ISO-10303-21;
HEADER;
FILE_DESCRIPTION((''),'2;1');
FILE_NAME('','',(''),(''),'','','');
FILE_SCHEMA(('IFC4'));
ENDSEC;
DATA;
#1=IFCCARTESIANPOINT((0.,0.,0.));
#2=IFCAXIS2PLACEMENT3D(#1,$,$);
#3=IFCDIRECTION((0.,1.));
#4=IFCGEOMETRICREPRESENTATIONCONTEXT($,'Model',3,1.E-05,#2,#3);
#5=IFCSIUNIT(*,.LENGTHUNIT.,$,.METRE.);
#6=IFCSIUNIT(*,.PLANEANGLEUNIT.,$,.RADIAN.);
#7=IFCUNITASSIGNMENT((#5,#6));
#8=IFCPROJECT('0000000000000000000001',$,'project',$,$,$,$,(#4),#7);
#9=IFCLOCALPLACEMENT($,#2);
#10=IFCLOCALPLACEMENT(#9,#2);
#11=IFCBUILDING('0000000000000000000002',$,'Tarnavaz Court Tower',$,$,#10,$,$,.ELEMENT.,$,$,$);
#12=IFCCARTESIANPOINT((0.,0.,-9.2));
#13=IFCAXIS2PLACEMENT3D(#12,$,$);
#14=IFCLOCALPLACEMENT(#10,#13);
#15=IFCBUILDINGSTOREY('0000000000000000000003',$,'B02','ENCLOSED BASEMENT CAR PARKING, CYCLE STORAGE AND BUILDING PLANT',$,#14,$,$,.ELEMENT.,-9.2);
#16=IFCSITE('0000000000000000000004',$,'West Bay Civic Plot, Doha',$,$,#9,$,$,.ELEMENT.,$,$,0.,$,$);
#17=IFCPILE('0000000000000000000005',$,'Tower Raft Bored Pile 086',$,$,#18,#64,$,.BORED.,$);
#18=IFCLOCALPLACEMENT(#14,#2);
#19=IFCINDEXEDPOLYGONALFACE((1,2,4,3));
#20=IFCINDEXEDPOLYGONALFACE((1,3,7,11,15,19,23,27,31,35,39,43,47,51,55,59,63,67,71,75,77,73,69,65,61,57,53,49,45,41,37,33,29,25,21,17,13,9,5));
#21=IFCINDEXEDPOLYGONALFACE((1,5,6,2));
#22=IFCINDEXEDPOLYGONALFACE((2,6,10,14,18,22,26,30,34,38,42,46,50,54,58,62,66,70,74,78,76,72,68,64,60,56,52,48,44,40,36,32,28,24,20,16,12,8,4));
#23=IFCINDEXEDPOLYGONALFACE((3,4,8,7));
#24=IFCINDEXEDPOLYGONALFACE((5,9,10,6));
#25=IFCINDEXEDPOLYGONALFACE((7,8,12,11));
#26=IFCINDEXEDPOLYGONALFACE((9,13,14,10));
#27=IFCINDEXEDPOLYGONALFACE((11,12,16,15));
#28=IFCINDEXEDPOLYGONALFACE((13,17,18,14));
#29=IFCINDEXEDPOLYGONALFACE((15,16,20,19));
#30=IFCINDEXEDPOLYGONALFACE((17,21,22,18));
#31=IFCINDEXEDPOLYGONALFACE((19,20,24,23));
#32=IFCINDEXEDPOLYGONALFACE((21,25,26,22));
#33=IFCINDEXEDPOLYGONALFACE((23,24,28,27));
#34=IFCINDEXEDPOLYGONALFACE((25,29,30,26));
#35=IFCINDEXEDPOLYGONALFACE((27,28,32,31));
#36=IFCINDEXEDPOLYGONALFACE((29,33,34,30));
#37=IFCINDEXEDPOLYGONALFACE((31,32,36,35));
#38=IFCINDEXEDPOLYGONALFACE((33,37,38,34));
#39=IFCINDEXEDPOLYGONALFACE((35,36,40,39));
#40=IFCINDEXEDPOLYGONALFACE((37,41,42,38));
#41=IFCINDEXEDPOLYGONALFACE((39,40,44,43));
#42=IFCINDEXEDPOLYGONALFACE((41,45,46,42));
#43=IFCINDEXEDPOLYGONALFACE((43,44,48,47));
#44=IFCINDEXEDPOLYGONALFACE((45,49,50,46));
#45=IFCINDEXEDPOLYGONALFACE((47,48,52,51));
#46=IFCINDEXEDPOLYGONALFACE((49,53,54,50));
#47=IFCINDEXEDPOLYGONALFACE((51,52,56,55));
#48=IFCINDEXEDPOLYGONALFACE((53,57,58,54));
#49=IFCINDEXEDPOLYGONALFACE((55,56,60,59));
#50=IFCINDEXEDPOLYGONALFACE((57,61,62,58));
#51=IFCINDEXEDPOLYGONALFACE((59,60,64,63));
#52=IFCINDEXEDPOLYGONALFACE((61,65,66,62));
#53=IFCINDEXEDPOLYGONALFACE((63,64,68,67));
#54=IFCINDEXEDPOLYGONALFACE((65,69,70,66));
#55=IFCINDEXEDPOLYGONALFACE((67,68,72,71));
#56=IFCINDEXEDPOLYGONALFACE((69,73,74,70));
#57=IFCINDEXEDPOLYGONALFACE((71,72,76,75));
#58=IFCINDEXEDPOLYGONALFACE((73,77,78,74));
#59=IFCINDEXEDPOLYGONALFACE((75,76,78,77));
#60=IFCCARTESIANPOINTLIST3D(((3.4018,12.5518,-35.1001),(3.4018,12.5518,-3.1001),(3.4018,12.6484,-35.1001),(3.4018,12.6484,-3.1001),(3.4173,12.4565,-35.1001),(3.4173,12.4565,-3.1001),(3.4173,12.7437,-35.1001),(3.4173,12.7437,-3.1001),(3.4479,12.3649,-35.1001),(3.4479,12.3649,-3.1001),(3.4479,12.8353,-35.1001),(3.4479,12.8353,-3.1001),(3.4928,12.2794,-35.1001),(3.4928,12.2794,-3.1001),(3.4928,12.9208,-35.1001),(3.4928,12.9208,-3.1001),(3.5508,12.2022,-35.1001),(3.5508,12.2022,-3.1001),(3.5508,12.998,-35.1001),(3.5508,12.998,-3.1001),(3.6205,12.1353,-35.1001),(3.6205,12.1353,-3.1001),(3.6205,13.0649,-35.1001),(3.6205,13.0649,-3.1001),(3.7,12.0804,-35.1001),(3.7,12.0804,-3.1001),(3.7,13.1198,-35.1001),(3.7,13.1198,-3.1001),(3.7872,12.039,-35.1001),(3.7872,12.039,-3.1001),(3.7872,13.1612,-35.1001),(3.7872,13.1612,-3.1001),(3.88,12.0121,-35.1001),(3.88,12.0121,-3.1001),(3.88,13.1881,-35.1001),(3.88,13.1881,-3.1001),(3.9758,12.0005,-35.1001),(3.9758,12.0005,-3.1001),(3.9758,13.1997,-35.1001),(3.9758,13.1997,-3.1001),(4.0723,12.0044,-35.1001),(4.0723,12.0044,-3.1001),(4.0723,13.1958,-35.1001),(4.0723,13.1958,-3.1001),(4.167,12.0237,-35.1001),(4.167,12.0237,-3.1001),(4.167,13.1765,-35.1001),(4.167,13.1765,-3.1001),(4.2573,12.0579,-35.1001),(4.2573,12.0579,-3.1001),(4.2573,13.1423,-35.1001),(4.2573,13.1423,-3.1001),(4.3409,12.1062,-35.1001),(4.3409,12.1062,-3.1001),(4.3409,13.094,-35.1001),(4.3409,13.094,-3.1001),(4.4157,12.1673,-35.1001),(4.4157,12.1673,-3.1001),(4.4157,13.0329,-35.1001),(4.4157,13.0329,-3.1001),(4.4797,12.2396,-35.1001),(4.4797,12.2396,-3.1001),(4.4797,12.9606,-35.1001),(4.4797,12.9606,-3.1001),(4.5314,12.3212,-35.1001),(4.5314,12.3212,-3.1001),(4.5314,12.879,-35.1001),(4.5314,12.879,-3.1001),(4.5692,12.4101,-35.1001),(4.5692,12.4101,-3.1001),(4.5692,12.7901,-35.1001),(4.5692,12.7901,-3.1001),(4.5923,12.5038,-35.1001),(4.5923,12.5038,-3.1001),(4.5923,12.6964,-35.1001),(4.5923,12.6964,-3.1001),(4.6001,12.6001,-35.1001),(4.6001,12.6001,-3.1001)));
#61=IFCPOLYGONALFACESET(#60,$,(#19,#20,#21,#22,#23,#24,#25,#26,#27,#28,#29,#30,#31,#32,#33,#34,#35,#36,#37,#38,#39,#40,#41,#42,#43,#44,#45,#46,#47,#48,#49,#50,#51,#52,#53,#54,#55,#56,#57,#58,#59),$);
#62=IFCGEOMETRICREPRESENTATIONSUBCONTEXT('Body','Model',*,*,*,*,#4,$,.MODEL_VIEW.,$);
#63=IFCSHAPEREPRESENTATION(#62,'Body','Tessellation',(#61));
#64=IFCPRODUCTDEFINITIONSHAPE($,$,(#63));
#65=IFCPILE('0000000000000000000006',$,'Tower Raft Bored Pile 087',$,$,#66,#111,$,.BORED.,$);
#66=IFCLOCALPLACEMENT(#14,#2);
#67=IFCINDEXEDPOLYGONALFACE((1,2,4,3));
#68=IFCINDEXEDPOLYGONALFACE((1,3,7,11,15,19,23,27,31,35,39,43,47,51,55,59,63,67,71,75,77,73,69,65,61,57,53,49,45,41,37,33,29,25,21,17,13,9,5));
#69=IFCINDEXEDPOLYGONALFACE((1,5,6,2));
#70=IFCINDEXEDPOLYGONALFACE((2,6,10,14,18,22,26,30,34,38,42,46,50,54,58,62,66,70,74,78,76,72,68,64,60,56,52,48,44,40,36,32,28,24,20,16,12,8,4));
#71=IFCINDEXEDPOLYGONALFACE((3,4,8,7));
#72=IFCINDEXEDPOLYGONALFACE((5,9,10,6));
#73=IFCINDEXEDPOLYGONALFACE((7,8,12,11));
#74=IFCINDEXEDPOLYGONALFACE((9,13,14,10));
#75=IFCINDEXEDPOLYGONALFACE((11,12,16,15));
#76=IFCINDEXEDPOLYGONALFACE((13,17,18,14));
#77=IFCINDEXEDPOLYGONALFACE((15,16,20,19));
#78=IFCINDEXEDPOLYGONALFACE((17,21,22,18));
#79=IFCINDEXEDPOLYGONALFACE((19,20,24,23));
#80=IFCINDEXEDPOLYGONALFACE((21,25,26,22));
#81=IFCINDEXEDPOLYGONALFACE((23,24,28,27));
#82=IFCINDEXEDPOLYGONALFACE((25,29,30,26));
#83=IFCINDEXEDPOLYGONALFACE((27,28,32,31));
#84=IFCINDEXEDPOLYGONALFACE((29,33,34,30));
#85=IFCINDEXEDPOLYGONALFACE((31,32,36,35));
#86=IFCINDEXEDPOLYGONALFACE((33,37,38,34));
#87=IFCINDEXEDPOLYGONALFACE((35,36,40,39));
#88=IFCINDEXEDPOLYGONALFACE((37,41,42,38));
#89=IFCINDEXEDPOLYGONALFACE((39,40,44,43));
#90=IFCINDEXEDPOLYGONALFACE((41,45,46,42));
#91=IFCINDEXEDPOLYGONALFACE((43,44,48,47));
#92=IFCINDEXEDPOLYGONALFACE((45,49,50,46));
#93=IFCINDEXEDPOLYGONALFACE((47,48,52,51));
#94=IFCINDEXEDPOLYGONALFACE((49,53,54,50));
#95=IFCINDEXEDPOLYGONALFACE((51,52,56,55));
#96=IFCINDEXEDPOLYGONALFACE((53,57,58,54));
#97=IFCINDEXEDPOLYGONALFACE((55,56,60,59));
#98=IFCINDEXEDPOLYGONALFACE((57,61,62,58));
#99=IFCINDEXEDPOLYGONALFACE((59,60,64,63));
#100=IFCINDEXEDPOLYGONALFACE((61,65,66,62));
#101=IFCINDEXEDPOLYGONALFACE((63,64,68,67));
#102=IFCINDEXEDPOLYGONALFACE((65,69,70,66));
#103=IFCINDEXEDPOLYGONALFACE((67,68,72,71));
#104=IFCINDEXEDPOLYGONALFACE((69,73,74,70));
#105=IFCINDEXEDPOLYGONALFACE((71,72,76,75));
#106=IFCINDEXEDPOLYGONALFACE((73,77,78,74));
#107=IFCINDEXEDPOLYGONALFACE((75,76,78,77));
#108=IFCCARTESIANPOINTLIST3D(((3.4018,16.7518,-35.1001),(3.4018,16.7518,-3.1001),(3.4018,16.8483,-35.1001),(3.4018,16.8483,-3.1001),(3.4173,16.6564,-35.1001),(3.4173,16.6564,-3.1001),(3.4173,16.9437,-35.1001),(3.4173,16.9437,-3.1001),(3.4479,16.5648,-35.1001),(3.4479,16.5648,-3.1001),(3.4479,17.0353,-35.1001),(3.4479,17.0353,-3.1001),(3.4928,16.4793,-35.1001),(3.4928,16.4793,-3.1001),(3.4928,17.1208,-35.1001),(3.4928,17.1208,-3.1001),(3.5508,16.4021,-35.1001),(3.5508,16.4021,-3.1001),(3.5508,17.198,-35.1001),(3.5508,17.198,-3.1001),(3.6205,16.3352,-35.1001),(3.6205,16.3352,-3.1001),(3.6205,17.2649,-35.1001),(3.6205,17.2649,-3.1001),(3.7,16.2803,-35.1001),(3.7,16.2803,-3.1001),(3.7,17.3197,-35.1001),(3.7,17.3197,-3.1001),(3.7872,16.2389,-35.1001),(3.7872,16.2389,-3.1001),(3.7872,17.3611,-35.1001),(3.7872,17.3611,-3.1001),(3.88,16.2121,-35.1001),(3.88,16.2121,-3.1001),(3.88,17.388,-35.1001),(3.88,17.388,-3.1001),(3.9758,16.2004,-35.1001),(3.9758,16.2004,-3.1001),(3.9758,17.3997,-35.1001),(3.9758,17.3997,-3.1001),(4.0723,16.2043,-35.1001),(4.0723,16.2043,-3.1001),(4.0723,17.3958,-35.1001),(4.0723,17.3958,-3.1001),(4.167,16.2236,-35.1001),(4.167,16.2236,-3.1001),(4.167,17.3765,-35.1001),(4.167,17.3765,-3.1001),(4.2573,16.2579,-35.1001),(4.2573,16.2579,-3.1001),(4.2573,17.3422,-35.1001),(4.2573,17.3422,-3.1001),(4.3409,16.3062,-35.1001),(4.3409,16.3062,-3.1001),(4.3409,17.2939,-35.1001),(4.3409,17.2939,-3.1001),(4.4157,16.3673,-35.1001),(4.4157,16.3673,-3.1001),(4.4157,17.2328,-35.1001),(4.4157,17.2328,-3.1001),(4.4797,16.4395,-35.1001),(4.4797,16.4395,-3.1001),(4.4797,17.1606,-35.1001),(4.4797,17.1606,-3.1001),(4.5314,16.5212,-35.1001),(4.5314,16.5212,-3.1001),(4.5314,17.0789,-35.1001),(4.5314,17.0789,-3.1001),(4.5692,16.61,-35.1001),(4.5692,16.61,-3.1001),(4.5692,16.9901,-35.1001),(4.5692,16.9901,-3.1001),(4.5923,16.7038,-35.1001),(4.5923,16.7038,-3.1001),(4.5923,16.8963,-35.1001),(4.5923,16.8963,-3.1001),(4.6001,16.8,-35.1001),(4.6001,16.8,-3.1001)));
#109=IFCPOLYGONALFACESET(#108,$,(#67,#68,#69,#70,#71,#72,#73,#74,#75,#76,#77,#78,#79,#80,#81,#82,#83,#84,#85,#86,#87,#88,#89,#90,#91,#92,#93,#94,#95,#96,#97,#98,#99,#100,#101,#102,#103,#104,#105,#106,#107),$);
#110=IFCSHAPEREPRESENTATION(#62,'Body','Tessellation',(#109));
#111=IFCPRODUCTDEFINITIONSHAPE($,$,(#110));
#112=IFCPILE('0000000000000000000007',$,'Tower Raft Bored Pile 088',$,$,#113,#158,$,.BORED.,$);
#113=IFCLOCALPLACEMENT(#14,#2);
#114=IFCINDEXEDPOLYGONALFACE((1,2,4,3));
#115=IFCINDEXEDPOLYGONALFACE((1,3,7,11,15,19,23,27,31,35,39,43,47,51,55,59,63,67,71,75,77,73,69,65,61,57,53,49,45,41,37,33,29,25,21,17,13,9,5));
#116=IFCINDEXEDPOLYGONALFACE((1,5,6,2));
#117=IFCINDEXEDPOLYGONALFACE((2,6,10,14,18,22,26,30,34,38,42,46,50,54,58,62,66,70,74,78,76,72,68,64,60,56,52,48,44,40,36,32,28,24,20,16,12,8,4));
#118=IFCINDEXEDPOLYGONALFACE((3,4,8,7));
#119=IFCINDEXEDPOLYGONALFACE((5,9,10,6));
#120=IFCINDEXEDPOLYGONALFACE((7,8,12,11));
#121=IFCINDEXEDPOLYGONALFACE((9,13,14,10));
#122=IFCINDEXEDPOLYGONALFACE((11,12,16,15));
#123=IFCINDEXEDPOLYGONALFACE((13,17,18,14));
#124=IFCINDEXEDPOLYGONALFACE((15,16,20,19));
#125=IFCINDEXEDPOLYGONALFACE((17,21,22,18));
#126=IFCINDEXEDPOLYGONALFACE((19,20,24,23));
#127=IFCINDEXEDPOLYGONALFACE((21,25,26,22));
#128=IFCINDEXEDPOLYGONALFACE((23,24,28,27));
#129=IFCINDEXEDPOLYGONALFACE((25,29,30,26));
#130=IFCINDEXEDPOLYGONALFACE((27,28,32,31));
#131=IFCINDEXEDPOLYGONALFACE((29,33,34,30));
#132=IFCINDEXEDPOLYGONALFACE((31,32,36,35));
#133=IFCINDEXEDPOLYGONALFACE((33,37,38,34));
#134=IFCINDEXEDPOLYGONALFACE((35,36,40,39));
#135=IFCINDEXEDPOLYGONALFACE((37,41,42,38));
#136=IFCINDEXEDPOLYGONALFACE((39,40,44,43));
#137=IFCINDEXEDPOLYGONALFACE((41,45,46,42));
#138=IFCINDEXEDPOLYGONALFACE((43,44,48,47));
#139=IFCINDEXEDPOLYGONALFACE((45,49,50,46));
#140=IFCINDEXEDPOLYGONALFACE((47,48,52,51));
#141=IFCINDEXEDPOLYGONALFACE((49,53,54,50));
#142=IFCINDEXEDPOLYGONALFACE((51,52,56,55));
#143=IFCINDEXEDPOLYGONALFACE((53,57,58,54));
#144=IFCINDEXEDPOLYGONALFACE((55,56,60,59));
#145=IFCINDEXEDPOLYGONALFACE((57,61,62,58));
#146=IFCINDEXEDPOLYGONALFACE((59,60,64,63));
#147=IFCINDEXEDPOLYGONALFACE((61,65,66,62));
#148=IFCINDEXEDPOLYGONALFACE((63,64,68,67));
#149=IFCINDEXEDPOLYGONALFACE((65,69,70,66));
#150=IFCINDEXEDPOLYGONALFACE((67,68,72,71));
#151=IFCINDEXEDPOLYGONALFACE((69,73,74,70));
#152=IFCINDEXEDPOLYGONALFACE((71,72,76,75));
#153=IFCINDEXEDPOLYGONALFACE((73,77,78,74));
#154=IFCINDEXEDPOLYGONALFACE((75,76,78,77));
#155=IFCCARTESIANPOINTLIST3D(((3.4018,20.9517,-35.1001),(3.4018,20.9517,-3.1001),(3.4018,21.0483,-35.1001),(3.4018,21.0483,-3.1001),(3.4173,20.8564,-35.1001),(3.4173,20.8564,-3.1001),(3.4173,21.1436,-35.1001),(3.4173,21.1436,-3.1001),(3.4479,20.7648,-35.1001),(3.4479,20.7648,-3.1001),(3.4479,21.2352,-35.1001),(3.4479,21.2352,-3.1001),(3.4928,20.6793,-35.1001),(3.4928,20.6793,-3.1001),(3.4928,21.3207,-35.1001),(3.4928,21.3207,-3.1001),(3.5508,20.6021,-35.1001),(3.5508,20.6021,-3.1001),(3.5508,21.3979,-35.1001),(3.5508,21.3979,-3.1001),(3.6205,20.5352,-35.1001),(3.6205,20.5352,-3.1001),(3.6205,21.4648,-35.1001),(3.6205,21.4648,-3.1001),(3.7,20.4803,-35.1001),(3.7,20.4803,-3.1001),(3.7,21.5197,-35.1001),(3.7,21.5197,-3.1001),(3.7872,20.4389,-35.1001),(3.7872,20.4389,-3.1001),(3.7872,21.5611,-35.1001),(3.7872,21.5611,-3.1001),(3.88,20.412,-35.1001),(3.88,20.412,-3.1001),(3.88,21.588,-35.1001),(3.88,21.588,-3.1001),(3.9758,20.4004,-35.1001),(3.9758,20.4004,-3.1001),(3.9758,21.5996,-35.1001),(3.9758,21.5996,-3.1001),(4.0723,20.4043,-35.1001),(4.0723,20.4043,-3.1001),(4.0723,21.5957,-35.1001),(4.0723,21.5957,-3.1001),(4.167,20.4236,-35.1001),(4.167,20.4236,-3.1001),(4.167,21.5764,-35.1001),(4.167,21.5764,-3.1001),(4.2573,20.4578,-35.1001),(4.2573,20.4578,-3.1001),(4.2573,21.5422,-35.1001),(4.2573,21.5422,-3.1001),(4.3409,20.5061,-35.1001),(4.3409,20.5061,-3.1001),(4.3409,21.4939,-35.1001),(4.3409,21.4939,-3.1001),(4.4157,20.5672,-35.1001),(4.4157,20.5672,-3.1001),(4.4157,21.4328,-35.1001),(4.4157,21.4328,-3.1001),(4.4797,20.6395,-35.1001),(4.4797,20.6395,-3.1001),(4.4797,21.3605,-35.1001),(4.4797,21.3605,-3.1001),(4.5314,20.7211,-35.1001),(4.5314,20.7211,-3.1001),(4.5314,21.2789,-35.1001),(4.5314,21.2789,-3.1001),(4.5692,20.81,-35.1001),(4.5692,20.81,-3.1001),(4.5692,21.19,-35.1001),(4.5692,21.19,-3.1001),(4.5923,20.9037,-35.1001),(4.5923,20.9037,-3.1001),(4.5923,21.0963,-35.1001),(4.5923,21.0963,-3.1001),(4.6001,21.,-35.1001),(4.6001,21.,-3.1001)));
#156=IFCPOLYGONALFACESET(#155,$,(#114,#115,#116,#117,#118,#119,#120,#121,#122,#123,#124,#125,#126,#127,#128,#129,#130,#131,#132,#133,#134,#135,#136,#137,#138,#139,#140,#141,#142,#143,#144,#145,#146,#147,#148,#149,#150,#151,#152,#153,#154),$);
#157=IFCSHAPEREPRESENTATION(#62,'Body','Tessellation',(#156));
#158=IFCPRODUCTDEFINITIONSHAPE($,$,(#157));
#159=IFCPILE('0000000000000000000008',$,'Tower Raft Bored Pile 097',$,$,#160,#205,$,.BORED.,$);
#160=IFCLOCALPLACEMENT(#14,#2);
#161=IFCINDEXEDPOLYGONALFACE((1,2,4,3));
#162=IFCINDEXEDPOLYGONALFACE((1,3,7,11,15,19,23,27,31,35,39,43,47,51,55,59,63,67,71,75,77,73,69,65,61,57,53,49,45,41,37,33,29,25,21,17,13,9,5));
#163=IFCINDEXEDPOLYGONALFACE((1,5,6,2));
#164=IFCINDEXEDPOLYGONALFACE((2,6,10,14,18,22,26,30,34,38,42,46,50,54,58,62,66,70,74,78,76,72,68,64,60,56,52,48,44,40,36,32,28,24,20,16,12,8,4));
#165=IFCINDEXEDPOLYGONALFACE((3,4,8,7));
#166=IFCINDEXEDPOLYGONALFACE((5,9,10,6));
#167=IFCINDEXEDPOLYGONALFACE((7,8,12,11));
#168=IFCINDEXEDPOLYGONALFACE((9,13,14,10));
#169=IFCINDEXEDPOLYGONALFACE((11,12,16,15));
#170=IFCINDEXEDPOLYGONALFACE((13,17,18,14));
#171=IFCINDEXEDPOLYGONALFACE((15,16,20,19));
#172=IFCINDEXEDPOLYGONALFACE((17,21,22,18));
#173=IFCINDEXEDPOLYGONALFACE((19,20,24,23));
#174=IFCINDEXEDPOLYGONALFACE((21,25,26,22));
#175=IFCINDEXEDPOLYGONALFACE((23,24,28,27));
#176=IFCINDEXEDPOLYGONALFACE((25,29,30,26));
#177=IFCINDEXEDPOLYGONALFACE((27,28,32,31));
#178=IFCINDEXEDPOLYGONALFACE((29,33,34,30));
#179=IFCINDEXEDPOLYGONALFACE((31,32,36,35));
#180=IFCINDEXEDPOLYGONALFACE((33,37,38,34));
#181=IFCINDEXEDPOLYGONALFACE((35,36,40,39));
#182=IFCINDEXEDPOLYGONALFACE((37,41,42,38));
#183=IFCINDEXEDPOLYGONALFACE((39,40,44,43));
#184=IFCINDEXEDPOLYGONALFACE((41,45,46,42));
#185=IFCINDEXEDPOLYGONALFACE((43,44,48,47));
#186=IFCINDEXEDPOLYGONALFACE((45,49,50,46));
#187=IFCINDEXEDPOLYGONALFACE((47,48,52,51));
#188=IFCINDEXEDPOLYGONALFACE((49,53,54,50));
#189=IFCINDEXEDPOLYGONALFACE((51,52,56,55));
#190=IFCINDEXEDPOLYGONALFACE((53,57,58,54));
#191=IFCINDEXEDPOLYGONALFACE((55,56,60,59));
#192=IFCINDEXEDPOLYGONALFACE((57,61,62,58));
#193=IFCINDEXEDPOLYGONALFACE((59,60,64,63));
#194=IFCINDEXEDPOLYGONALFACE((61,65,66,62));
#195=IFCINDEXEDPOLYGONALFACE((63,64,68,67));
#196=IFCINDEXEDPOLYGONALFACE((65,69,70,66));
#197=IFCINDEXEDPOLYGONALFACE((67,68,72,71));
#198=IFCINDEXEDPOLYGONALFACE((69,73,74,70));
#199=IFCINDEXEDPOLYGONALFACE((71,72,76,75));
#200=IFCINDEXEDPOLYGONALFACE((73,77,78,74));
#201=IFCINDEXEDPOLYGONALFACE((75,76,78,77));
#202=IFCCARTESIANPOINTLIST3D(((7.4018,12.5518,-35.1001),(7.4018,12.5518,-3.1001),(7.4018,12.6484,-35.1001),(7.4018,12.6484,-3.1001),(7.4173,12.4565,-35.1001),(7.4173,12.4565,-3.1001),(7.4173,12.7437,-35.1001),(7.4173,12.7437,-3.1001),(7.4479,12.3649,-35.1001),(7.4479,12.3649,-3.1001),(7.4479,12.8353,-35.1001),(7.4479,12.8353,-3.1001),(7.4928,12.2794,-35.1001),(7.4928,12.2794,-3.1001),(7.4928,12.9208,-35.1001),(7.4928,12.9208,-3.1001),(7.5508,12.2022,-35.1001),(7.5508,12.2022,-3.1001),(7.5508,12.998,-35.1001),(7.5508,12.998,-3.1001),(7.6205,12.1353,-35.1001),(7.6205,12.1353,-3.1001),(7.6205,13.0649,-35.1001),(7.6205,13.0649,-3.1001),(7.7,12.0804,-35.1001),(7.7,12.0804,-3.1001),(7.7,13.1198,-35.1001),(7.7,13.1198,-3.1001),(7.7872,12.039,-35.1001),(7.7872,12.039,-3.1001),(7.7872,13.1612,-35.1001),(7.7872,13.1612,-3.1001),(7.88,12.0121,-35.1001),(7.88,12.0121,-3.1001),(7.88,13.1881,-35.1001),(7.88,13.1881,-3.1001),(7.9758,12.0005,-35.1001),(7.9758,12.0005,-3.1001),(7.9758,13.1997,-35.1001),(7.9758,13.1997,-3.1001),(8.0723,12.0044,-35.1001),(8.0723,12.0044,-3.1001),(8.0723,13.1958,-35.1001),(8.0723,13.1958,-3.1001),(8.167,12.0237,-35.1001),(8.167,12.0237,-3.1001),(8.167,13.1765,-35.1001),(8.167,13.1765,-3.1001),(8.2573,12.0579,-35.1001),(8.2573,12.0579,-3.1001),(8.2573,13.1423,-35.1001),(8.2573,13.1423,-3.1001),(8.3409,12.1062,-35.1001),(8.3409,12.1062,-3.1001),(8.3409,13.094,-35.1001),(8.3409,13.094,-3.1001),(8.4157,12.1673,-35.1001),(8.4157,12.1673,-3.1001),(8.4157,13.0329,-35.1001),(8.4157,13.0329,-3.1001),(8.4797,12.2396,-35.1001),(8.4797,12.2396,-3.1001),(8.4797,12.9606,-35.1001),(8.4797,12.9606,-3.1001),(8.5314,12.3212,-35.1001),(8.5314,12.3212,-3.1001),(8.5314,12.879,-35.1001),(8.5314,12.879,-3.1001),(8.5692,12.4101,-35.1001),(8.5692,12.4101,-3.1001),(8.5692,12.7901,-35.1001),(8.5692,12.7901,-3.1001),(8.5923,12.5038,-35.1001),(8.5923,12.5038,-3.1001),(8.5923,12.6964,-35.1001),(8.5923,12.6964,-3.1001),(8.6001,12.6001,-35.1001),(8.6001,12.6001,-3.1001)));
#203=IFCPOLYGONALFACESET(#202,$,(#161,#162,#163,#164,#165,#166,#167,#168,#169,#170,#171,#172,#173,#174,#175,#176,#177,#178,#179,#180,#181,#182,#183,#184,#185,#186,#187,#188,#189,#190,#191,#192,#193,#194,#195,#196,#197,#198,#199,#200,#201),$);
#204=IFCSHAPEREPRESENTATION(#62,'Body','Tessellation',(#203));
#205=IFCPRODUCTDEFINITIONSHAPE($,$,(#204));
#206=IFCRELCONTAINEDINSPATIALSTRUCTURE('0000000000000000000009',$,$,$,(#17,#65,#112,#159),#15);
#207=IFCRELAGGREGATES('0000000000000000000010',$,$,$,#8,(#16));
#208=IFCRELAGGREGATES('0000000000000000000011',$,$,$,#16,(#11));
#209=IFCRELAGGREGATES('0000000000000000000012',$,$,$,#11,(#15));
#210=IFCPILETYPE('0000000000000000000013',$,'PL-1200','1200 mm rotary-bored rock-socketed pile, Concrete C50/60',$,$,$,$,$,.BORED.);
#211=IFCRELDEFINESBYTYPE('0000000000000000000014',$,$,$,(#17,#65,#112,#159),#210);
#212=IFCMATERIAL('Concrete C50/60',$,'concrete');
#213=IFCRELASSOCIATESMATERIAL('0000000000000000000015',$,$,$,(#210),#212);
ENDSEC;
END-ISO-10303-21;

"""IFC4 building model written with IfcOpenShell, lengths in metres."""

from ifc_helpers import new_model, si_unit, direction, frame, origin, origin_2d, place, context, subcontext, project, spatial, circle, extrude, material, material_profile, profile_set, type_object, element, save


model = new_model("IFC4")

# Units and contexts
model_context = context("Model", 3, precision=1e-05, world=origin(), true_north=direction((0.0, 1.0)))
body_context = subcontext(model_context, "Body", "Model", "MODEL_VIEW")
ifc_project = project(units=[si_unit("LENGTHUNIT", "METRE"), si_unit("PLANEANGLEUNIT", "RADIAN")], contexts=[model_context])

# Site, building, storey
site_placement = place(None, origin())
site = spatial("IfcSite", under=ifc_project, at=site_placement, Name="West Bay Civic Plot, Doha", CompositionType="ELEMENT", RefElevation=0.0)
building_placement = place(site_placement, origin())
building = spatial("IfcBuilding", under=site, at=building_placement, Name="Tarnavaz Court Tower", CompositionType="ELEMENT")
storey_placement = place(building_placement, frame((0.0, 0.0, -9.2)))
storey = spatial("IfcBuildingStorey", under=building, at=storey_placement, Name="B02", Description="ENCLOSED BASEMENT CAR PARKING, CYCLE STORAGE AND BUILDING PLANT", CompositionType="ELEMENT", Elevation=-9.2)

# Shared definitions
ifc_material_1 = material(Name="Concrete C50/60", Category="concrete")

# Piles
ifc_material_profile_1 = material_profile(ifc_material_1, circle(Radius=0.6001, at=origin_2d()), Name="PILE D1200")
ifc_profile_set_1 = profile_set([ifc_material_profile_1], Name="Concrete C50/60")
pile_type_1 = type_object("IfcPileType", Name="PL-1200", Description="1200 mm rotary-bored rock-socketed pile, Concrete C50/60", PredefinedType="BORED", material=ifc_profile_set_1)
for number, where, z_axis, x_axis, name in (
    (1, (4.0, 12.6001, -3.1001), (0.0, 0.0, -1.0), (1.0, 0.0, 0.0), "Tower Raft Bored Pile 086"),
    (2, (4.0, 16.8, -3.1001), (0.0, 0.0, -1.0), (1.0, 0.0, 0.0), "Tower Raft Bored Pile 087"),
    (3, (4.0, 21.0, -3.1001), (0.0, 0.0, -1.0), (1.0, 0.0, 0.0), "Tower Raft Bored Pile 088"),
    (4, (8.0, 12.6001, -3.1001), (0.0, 0.0, -1.0), (1.0, 0.0, 0.0), "Tower Raft Bored Pile 097"),
):
    element("IfcPile", number, at=place(storey_placement, frame(where, z_axis=z_axis, x_axis=x_axis)), inside=storey, type_object=pile_type_1, Name=name, PredefinedType="BORED", context=body_context, shape_type="SweptSolid", body=[
        extrude(circle(Radius=0.6001, at=origin_2d()), origin(), (0.0, 0.0, 1.0), 32.0),
    ])

save(model, "model.ifc")
